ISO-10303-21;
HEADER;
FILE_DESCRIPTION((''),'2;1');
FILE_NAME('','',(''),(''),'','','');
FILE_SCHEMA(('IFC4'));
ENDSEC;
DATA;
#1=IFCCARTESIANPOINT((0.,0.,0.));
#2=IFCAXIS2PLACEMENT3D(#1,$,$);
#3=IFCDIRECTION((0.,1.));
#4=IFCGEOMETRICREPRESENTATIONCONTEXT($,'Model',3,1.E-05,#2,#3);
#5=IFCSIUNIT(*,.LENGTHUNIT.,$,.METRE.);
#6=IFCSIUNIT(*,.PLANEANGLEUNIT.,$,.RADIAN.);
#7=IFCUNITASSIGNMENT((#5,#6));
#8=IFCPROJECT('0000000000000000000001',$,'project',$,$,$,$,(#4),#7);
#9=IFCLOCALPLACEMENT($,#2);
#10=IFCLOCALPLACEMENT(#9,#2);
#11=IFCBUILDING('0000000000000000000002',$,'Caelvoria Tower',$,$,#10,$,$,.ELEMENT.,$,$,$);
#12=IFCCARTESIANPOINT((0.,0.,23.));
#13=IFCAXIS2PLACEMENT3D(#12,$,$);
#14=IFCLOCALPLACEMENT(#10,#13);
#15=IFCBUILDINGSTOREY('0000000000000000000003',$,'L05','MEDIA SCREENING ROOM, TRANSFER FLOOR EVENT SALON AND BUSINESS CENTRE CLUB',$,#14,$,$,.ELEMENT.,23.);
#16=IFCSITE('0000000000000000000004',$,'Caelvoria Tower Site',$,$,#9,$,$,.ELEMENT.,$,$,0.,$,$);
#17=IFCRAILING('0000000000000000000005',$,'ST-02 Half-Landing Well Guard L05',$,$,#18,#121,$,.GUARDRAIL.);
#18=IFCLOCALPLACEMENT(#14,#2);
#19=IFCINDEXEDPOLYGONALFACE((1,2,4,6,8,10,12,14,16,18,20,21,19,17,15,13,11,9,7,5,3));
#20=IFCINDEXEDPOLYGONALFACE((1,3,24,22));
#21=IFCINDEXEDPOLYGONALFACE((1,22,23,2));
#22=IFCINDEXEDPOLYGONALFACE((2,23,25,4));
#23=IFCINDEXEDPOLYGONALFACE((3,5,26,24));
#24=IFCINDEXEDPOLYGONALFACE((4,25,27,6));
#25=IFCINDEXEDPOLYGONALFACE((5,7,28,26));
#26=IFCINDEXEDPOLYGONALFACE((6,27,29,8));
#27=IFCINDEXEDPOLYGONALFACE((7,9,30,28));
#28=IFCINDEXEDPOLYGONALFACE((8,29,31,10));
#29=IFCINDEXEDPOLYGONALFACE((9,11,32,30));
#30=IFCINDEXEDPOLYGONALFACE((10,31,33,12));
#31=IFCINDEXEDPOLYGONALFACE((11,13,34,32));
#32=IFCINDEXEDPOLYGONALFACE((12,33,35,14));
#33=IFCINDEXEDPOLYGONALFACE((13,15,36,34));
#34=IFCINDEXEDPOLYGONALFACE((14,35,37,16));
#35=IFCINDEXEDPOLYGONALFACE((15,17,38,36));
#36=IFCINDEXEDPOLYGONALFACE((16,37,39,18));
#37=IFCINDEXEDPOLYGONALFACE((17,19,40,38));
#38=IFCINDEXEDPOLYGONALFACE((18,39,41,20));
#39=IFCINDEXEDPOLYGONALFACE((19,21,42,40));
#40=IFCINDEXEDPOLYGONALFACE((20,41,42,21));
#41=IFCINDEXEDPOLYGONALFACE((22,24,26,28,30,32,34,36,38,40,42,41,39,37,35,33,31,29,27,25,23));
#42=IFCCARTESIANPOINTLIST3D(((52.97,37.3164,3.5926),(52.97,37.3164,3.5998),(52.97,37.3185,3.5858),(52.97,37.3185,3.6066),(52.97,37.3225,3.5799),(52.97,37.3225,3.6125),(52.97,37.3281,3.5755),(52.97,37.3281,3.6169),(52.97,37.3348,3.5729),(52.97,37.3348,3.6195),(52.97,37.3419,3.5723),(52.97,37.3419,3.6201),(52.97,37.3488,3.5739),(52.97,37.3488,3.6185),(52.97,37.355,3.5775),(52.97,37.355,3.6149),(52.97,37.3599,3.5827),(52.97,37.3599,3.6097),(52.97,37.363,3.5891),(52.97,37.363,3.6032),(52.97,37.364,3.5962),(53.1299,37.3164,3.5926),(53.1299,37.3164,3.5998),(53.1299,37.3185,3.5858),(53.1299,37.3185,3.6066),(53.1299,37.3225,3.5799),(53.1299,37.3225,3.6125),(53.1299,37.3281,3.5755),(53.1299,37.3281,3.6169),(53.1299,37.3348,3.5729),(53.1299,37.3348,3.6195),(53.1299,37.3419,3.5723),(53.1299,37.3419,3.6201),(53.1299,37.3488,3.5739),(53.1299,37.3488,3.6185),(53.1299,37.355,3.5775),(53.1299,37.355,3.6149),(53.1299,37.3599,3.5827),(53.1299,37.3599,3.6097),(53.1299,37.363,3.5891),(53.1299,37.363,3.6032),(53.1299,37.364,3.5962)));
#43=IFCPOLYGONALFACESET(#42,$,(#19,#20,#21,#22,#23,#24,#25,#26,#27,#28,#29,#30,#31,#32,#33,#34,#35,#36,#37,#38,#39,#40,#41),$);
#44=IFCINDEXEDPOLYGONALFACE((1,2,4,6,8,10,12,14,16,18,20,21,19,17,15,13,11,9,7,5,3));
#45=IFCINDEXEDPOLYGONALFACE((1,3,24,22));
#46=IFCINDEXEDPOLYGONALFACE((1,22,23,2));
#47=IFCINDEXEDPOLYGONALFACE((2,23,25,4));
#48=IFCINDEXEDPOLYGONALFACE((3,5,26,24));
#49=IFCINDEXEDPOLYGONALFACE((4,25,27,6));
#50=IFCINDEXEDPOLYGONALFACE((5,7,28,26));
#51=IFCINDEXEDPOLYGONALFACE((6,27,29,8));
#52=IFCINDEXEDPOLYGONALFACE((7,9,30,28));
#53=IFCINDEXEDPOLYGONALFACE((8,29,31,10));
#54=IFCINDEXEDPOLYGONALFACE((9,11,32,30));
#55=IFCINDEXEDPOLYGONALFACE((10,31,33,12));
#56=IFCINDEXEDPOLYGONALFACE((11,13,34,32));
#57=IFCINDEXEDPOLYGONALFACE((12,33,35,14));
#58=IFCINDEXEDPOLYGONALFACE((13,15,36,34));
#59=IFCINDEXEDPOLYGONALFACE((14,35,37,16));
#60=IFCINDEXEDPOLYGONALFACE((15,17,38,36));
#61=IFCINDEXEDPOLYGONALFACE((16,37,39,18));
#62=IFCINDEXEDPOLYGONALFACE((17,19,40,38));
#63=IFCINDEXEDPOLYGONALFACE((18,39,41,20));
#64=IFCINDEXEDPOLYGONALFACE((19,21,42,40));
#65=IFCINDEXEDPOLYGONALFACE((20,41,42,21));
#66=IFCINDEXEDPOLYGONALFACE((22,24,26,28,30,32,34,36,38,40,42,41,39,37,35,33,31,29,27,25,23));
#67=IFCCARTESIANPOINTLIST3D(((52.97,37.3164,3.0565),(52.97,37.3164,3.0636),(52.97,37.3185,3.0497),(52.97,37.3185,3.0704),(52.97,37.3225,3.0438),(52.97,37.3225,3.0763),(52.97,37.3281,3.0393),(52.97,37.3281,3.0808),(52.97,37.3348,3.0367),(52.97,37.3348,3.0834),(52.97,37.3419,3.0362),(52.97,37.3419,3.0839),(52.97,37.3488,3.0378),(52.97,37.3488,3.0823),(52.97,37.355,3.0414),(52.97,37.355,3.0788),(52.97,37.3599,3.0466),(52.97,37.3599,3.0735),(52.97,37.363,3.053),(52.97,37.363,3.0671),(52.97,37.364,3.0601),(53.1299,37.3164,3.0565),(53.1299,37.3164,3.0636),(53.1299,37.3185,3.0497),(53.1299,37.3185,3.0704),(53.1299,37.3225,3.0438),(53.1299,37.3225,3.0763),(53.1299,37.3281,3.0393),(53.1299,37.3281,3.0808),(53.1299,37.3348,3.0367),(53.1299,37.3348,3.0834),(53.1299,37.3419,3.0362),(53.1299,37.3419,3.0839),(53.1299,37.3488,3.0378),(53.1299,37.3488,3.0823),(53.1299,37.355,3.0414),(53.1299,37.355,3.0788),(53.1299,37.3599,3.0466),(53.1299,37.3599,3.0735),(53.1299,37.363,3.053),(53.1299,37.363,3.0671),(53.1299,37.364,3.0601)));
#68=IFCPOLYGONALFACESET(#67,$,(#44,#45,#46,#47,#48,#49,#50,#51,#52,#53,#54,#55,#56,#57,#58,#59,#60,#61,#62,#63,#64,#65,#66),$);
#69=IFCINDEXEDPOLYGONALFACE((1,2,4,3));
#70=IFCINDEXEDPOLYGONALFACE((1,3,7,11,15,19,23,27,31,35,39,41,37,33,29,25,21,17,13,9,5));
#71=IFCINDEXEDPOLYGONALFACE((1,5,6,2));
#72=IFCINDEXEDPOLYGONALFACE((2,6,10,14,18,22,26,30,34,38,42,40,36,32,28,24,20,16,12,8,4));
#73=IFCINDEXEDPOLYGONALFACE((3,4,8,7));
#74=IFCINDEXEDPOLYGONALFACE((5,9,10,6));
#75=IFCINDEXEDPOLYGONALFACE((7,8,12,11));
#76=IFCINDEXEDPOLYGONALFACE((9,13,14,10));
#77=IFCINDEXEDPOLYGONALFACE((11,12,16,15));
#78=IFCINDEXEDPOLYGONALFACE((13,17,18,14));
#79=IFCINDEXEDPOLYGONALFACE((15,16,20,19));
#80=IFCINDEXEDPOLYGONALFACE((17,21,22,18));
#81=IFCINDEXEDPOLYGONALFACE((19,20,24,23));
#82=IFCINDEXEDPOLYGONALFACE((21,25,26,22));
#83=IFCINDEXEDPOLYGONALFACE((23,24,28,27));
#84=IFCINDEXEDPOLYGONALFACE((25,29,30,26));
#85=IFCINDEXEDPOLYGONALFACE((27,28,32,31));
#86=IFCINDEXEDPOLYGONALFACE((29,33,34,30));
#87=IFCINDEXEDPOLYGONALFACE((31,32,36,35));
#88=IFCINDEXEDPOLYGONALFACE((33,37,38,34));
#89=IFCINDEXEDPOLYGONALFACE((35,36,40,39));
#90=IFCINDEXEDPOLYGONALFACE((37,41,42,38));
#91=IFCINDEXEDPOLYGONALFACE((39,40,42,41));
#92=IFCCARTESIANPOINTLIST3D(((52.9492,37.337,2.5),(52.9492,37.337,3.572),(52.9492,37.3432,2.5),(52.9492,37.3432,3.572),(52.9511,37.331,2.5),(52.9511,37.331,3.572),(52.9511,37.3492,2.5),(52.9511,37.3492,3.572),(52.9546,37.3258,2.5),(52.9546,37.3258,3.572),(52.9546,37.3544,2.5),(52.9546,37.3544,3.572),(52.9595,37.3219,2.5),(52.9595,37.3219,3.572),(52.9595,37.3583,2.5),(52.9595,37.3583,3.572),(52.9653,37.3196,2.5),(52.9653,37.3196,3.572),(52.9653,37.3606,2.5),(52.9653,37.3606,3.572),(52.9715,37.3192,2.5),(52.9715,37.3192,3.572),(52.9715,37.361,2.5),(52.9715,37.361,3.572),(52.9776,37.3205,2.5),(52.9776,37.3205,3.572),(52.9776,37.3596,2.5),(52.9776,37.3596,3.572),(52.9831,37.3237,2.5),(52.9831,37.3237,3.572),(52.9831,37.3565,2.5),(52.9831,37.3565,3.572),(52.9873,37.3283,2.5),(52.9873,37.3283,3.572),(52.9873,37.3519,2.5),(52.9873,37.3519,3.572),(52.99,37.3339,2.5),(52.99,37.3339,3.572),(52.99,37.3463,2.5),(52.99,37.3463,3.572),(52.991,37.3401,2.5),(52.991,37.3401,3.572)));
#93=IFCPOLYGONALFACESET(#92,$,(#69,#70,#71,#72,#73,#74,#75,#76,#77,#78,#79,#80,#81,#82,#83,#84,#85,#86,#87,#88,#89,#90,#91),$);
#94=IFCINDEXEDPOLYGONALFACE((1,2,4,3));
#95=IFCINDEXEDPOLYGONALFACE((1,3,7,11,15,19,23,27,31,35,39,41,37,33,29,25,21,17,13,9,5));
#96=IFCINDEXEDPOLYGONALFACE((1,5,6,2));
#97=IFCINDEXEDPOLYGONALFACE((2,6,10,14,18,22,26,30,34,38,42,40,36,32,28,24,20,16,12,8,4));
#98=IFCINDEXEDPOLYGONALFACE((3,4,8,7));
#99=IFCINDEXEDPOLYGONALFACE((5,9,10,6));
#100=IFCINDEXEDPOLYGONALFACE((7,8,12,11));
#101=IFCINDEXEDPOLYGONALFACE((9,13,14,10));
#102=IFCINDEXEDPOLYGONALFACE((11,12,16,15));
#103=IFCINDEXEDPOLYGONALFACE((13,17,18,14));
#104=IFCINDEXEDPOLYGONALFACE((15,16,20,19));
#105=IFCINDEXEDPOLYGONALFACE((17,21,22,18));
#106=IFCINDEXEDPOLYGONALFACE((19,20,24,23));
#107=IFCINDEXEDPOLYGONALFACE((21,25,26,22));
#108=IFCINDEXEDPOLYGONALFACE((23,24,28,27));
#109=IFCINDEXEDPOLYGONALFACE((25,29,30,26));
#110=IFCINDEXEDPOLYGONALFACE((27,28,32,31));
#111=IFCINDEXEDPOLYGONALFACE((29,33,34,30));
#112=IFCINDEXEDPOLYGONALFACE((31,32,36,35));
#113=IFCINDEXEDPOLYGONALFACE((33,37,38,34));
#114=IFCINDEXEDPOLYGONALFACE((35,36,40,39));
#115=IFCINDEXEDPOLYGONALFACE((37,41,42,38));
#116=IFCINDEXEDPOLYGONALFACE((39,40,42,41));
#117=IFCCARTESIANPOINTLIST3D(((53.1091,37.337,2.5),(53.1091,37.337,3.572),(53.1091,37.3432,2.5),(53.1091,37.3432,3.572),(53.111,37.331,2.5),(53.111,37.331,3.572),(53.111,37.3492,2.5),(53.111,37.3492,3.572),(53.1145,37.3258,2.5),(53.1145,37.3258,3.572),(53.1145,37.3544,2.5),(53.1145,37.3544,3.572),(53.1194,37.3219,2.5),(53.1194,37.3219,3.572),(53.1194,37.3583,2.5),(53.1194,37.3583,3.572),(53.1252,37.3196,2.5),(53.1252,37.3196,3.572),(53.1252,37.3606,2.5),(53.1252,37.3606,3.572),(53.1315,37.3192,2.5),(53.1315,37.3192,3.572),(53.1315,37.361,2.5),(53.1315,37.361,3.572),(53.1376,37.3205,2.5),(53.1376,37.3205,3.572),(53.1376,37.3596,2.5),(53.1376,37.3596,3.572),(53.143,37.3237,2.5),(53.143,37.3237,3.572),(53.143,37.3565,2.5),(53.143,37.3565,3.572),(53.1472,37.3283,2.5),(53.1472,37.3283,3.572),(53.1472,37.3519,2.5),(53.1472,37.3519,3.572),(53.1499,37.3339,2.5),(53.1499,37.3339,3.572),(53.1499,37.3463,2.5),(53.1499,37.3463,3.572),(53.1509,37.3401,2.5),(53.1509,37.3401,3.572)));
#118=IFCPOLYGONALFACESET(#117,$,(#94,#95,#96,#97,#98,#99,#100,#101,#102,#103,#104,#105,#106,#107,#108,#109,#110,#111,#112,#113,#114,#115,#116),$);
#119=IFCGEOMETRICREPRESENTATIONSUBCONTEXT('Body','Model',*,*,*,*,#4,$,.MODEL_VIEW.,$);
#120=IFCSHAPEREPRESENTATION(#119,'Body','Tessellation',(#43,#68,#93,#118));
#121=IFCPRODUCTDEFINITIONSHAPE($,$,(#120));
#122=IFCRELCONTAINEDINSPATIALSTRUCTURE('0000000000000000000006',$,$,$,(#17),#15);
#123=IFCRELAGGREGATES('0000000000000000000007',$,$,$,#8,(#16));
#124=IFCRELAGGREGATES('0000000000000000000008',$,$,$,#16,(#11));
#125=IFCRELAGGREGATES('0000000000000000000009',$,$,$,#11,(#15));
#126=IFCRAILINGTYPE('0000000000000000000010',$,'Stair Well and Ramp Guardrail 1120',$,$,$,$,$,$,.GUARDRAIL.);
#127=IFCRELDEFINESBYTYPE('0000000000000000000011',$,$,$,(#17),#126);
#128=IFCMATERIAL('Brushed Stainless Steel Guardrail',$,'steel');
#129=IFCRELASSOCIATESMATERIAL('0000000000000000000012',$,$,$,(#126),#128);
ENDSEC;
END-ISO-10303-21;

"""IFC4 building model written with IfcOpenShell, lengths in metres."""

from ifc_helpers import new_model, si_unit, direction, frame, origin, origin_2d, place, context, subcontext, project, spatial, circle, extrude, material, type_object, element, save


model = new_model("IFC4")

# Units and contexts
model_context = context("Model", 3, precision=1e-05, world=origin(), true_north=direction((0.0, 1.0)))
body_context = subcontext(model_context, "Body", "Model", "MODEL_VIEW")
ifc_project = project(units=[si_unit("LENGTHUNIT", "METRE"), si_unit("PLANEANGLEUNIT", "RADIAN")], contexts=[model_context])

# Site, building, storey
site_placement = place(None, origin())
site = spatial("IfcSite", under=ifc_project, at=site_placement, Name="Caelvoria Tower Site", CompositionType="ELEMENT", RefElevation=0.0)
building_placement = place(site_placement, origin())
building = spatial("IfcBuilding", under=site, at=building_placement, Name="Caelvoria Tower", CompositionType="ELEMENT")
storey_placement = place(building_placement, frame((0.0, 0.0, 23.0)))
storey = spatial("IfcBuildingStorey", under=building, at=storey_placement, Name="L05", Description="MEDIA SCREENING ROOM, TRANSFER FLOOR EVENT SALON AND BUSINESS CENTRE CLUB", CompositionType="ELEMENT", Elevation=23.0)

# Railing
ifc_material_1 = material(Name="Brushed Stainless Steel Guardrail", Category="steel")
railing_type_1 = type_object("IfcRailingType", Name="Stair Well and Ramp Guardrail 1120", PredefinedType="GUARDRAIL", material=ifc_material_1)
railing_1_placement = place(storey_placement, frame((52.97, 37.3401, 2.5)))
element("IfcRailing", 1, at=railing_1_placement, inside=storey, type_object=railing_type_1, Name="ST-02 Half-Landing Well Guard L05", PredefinedType="GUARDRAIL", context=body_context, shape_type="SweptSolid", body=[
    extrude(circle(Radius=0.0239, at=origin_2d()), frame((0.0, 0.0, 1.0962), z_axis=(1.0, 0.0, 0.0), x_axis=(0.0, 1.0, 0.0)), (0.0, 0.0, 1.0), 0.1599),
    extrude(circle(Radius=0.0239, at=origin_2d()), frame((0.0, 0.0, 0.5601), z_axis=(1.0, 0.0, 0.0), x_axis=(0.0, 1.0, 0.0)), (0.0, 0.0, 1.0), 0.1599),
    extrude(circle(Radius=0.021, at=origin_2d()), origin(), (0.0, 0.0, 1.0), 1.072),
    extrude(circle(Radius=0.021, at=origin_2d()), frame((0.1599, 0.0, 0.0)), (0.0, 0.0, 1.0), 1.072),
])

save(model, "model.ifc")
